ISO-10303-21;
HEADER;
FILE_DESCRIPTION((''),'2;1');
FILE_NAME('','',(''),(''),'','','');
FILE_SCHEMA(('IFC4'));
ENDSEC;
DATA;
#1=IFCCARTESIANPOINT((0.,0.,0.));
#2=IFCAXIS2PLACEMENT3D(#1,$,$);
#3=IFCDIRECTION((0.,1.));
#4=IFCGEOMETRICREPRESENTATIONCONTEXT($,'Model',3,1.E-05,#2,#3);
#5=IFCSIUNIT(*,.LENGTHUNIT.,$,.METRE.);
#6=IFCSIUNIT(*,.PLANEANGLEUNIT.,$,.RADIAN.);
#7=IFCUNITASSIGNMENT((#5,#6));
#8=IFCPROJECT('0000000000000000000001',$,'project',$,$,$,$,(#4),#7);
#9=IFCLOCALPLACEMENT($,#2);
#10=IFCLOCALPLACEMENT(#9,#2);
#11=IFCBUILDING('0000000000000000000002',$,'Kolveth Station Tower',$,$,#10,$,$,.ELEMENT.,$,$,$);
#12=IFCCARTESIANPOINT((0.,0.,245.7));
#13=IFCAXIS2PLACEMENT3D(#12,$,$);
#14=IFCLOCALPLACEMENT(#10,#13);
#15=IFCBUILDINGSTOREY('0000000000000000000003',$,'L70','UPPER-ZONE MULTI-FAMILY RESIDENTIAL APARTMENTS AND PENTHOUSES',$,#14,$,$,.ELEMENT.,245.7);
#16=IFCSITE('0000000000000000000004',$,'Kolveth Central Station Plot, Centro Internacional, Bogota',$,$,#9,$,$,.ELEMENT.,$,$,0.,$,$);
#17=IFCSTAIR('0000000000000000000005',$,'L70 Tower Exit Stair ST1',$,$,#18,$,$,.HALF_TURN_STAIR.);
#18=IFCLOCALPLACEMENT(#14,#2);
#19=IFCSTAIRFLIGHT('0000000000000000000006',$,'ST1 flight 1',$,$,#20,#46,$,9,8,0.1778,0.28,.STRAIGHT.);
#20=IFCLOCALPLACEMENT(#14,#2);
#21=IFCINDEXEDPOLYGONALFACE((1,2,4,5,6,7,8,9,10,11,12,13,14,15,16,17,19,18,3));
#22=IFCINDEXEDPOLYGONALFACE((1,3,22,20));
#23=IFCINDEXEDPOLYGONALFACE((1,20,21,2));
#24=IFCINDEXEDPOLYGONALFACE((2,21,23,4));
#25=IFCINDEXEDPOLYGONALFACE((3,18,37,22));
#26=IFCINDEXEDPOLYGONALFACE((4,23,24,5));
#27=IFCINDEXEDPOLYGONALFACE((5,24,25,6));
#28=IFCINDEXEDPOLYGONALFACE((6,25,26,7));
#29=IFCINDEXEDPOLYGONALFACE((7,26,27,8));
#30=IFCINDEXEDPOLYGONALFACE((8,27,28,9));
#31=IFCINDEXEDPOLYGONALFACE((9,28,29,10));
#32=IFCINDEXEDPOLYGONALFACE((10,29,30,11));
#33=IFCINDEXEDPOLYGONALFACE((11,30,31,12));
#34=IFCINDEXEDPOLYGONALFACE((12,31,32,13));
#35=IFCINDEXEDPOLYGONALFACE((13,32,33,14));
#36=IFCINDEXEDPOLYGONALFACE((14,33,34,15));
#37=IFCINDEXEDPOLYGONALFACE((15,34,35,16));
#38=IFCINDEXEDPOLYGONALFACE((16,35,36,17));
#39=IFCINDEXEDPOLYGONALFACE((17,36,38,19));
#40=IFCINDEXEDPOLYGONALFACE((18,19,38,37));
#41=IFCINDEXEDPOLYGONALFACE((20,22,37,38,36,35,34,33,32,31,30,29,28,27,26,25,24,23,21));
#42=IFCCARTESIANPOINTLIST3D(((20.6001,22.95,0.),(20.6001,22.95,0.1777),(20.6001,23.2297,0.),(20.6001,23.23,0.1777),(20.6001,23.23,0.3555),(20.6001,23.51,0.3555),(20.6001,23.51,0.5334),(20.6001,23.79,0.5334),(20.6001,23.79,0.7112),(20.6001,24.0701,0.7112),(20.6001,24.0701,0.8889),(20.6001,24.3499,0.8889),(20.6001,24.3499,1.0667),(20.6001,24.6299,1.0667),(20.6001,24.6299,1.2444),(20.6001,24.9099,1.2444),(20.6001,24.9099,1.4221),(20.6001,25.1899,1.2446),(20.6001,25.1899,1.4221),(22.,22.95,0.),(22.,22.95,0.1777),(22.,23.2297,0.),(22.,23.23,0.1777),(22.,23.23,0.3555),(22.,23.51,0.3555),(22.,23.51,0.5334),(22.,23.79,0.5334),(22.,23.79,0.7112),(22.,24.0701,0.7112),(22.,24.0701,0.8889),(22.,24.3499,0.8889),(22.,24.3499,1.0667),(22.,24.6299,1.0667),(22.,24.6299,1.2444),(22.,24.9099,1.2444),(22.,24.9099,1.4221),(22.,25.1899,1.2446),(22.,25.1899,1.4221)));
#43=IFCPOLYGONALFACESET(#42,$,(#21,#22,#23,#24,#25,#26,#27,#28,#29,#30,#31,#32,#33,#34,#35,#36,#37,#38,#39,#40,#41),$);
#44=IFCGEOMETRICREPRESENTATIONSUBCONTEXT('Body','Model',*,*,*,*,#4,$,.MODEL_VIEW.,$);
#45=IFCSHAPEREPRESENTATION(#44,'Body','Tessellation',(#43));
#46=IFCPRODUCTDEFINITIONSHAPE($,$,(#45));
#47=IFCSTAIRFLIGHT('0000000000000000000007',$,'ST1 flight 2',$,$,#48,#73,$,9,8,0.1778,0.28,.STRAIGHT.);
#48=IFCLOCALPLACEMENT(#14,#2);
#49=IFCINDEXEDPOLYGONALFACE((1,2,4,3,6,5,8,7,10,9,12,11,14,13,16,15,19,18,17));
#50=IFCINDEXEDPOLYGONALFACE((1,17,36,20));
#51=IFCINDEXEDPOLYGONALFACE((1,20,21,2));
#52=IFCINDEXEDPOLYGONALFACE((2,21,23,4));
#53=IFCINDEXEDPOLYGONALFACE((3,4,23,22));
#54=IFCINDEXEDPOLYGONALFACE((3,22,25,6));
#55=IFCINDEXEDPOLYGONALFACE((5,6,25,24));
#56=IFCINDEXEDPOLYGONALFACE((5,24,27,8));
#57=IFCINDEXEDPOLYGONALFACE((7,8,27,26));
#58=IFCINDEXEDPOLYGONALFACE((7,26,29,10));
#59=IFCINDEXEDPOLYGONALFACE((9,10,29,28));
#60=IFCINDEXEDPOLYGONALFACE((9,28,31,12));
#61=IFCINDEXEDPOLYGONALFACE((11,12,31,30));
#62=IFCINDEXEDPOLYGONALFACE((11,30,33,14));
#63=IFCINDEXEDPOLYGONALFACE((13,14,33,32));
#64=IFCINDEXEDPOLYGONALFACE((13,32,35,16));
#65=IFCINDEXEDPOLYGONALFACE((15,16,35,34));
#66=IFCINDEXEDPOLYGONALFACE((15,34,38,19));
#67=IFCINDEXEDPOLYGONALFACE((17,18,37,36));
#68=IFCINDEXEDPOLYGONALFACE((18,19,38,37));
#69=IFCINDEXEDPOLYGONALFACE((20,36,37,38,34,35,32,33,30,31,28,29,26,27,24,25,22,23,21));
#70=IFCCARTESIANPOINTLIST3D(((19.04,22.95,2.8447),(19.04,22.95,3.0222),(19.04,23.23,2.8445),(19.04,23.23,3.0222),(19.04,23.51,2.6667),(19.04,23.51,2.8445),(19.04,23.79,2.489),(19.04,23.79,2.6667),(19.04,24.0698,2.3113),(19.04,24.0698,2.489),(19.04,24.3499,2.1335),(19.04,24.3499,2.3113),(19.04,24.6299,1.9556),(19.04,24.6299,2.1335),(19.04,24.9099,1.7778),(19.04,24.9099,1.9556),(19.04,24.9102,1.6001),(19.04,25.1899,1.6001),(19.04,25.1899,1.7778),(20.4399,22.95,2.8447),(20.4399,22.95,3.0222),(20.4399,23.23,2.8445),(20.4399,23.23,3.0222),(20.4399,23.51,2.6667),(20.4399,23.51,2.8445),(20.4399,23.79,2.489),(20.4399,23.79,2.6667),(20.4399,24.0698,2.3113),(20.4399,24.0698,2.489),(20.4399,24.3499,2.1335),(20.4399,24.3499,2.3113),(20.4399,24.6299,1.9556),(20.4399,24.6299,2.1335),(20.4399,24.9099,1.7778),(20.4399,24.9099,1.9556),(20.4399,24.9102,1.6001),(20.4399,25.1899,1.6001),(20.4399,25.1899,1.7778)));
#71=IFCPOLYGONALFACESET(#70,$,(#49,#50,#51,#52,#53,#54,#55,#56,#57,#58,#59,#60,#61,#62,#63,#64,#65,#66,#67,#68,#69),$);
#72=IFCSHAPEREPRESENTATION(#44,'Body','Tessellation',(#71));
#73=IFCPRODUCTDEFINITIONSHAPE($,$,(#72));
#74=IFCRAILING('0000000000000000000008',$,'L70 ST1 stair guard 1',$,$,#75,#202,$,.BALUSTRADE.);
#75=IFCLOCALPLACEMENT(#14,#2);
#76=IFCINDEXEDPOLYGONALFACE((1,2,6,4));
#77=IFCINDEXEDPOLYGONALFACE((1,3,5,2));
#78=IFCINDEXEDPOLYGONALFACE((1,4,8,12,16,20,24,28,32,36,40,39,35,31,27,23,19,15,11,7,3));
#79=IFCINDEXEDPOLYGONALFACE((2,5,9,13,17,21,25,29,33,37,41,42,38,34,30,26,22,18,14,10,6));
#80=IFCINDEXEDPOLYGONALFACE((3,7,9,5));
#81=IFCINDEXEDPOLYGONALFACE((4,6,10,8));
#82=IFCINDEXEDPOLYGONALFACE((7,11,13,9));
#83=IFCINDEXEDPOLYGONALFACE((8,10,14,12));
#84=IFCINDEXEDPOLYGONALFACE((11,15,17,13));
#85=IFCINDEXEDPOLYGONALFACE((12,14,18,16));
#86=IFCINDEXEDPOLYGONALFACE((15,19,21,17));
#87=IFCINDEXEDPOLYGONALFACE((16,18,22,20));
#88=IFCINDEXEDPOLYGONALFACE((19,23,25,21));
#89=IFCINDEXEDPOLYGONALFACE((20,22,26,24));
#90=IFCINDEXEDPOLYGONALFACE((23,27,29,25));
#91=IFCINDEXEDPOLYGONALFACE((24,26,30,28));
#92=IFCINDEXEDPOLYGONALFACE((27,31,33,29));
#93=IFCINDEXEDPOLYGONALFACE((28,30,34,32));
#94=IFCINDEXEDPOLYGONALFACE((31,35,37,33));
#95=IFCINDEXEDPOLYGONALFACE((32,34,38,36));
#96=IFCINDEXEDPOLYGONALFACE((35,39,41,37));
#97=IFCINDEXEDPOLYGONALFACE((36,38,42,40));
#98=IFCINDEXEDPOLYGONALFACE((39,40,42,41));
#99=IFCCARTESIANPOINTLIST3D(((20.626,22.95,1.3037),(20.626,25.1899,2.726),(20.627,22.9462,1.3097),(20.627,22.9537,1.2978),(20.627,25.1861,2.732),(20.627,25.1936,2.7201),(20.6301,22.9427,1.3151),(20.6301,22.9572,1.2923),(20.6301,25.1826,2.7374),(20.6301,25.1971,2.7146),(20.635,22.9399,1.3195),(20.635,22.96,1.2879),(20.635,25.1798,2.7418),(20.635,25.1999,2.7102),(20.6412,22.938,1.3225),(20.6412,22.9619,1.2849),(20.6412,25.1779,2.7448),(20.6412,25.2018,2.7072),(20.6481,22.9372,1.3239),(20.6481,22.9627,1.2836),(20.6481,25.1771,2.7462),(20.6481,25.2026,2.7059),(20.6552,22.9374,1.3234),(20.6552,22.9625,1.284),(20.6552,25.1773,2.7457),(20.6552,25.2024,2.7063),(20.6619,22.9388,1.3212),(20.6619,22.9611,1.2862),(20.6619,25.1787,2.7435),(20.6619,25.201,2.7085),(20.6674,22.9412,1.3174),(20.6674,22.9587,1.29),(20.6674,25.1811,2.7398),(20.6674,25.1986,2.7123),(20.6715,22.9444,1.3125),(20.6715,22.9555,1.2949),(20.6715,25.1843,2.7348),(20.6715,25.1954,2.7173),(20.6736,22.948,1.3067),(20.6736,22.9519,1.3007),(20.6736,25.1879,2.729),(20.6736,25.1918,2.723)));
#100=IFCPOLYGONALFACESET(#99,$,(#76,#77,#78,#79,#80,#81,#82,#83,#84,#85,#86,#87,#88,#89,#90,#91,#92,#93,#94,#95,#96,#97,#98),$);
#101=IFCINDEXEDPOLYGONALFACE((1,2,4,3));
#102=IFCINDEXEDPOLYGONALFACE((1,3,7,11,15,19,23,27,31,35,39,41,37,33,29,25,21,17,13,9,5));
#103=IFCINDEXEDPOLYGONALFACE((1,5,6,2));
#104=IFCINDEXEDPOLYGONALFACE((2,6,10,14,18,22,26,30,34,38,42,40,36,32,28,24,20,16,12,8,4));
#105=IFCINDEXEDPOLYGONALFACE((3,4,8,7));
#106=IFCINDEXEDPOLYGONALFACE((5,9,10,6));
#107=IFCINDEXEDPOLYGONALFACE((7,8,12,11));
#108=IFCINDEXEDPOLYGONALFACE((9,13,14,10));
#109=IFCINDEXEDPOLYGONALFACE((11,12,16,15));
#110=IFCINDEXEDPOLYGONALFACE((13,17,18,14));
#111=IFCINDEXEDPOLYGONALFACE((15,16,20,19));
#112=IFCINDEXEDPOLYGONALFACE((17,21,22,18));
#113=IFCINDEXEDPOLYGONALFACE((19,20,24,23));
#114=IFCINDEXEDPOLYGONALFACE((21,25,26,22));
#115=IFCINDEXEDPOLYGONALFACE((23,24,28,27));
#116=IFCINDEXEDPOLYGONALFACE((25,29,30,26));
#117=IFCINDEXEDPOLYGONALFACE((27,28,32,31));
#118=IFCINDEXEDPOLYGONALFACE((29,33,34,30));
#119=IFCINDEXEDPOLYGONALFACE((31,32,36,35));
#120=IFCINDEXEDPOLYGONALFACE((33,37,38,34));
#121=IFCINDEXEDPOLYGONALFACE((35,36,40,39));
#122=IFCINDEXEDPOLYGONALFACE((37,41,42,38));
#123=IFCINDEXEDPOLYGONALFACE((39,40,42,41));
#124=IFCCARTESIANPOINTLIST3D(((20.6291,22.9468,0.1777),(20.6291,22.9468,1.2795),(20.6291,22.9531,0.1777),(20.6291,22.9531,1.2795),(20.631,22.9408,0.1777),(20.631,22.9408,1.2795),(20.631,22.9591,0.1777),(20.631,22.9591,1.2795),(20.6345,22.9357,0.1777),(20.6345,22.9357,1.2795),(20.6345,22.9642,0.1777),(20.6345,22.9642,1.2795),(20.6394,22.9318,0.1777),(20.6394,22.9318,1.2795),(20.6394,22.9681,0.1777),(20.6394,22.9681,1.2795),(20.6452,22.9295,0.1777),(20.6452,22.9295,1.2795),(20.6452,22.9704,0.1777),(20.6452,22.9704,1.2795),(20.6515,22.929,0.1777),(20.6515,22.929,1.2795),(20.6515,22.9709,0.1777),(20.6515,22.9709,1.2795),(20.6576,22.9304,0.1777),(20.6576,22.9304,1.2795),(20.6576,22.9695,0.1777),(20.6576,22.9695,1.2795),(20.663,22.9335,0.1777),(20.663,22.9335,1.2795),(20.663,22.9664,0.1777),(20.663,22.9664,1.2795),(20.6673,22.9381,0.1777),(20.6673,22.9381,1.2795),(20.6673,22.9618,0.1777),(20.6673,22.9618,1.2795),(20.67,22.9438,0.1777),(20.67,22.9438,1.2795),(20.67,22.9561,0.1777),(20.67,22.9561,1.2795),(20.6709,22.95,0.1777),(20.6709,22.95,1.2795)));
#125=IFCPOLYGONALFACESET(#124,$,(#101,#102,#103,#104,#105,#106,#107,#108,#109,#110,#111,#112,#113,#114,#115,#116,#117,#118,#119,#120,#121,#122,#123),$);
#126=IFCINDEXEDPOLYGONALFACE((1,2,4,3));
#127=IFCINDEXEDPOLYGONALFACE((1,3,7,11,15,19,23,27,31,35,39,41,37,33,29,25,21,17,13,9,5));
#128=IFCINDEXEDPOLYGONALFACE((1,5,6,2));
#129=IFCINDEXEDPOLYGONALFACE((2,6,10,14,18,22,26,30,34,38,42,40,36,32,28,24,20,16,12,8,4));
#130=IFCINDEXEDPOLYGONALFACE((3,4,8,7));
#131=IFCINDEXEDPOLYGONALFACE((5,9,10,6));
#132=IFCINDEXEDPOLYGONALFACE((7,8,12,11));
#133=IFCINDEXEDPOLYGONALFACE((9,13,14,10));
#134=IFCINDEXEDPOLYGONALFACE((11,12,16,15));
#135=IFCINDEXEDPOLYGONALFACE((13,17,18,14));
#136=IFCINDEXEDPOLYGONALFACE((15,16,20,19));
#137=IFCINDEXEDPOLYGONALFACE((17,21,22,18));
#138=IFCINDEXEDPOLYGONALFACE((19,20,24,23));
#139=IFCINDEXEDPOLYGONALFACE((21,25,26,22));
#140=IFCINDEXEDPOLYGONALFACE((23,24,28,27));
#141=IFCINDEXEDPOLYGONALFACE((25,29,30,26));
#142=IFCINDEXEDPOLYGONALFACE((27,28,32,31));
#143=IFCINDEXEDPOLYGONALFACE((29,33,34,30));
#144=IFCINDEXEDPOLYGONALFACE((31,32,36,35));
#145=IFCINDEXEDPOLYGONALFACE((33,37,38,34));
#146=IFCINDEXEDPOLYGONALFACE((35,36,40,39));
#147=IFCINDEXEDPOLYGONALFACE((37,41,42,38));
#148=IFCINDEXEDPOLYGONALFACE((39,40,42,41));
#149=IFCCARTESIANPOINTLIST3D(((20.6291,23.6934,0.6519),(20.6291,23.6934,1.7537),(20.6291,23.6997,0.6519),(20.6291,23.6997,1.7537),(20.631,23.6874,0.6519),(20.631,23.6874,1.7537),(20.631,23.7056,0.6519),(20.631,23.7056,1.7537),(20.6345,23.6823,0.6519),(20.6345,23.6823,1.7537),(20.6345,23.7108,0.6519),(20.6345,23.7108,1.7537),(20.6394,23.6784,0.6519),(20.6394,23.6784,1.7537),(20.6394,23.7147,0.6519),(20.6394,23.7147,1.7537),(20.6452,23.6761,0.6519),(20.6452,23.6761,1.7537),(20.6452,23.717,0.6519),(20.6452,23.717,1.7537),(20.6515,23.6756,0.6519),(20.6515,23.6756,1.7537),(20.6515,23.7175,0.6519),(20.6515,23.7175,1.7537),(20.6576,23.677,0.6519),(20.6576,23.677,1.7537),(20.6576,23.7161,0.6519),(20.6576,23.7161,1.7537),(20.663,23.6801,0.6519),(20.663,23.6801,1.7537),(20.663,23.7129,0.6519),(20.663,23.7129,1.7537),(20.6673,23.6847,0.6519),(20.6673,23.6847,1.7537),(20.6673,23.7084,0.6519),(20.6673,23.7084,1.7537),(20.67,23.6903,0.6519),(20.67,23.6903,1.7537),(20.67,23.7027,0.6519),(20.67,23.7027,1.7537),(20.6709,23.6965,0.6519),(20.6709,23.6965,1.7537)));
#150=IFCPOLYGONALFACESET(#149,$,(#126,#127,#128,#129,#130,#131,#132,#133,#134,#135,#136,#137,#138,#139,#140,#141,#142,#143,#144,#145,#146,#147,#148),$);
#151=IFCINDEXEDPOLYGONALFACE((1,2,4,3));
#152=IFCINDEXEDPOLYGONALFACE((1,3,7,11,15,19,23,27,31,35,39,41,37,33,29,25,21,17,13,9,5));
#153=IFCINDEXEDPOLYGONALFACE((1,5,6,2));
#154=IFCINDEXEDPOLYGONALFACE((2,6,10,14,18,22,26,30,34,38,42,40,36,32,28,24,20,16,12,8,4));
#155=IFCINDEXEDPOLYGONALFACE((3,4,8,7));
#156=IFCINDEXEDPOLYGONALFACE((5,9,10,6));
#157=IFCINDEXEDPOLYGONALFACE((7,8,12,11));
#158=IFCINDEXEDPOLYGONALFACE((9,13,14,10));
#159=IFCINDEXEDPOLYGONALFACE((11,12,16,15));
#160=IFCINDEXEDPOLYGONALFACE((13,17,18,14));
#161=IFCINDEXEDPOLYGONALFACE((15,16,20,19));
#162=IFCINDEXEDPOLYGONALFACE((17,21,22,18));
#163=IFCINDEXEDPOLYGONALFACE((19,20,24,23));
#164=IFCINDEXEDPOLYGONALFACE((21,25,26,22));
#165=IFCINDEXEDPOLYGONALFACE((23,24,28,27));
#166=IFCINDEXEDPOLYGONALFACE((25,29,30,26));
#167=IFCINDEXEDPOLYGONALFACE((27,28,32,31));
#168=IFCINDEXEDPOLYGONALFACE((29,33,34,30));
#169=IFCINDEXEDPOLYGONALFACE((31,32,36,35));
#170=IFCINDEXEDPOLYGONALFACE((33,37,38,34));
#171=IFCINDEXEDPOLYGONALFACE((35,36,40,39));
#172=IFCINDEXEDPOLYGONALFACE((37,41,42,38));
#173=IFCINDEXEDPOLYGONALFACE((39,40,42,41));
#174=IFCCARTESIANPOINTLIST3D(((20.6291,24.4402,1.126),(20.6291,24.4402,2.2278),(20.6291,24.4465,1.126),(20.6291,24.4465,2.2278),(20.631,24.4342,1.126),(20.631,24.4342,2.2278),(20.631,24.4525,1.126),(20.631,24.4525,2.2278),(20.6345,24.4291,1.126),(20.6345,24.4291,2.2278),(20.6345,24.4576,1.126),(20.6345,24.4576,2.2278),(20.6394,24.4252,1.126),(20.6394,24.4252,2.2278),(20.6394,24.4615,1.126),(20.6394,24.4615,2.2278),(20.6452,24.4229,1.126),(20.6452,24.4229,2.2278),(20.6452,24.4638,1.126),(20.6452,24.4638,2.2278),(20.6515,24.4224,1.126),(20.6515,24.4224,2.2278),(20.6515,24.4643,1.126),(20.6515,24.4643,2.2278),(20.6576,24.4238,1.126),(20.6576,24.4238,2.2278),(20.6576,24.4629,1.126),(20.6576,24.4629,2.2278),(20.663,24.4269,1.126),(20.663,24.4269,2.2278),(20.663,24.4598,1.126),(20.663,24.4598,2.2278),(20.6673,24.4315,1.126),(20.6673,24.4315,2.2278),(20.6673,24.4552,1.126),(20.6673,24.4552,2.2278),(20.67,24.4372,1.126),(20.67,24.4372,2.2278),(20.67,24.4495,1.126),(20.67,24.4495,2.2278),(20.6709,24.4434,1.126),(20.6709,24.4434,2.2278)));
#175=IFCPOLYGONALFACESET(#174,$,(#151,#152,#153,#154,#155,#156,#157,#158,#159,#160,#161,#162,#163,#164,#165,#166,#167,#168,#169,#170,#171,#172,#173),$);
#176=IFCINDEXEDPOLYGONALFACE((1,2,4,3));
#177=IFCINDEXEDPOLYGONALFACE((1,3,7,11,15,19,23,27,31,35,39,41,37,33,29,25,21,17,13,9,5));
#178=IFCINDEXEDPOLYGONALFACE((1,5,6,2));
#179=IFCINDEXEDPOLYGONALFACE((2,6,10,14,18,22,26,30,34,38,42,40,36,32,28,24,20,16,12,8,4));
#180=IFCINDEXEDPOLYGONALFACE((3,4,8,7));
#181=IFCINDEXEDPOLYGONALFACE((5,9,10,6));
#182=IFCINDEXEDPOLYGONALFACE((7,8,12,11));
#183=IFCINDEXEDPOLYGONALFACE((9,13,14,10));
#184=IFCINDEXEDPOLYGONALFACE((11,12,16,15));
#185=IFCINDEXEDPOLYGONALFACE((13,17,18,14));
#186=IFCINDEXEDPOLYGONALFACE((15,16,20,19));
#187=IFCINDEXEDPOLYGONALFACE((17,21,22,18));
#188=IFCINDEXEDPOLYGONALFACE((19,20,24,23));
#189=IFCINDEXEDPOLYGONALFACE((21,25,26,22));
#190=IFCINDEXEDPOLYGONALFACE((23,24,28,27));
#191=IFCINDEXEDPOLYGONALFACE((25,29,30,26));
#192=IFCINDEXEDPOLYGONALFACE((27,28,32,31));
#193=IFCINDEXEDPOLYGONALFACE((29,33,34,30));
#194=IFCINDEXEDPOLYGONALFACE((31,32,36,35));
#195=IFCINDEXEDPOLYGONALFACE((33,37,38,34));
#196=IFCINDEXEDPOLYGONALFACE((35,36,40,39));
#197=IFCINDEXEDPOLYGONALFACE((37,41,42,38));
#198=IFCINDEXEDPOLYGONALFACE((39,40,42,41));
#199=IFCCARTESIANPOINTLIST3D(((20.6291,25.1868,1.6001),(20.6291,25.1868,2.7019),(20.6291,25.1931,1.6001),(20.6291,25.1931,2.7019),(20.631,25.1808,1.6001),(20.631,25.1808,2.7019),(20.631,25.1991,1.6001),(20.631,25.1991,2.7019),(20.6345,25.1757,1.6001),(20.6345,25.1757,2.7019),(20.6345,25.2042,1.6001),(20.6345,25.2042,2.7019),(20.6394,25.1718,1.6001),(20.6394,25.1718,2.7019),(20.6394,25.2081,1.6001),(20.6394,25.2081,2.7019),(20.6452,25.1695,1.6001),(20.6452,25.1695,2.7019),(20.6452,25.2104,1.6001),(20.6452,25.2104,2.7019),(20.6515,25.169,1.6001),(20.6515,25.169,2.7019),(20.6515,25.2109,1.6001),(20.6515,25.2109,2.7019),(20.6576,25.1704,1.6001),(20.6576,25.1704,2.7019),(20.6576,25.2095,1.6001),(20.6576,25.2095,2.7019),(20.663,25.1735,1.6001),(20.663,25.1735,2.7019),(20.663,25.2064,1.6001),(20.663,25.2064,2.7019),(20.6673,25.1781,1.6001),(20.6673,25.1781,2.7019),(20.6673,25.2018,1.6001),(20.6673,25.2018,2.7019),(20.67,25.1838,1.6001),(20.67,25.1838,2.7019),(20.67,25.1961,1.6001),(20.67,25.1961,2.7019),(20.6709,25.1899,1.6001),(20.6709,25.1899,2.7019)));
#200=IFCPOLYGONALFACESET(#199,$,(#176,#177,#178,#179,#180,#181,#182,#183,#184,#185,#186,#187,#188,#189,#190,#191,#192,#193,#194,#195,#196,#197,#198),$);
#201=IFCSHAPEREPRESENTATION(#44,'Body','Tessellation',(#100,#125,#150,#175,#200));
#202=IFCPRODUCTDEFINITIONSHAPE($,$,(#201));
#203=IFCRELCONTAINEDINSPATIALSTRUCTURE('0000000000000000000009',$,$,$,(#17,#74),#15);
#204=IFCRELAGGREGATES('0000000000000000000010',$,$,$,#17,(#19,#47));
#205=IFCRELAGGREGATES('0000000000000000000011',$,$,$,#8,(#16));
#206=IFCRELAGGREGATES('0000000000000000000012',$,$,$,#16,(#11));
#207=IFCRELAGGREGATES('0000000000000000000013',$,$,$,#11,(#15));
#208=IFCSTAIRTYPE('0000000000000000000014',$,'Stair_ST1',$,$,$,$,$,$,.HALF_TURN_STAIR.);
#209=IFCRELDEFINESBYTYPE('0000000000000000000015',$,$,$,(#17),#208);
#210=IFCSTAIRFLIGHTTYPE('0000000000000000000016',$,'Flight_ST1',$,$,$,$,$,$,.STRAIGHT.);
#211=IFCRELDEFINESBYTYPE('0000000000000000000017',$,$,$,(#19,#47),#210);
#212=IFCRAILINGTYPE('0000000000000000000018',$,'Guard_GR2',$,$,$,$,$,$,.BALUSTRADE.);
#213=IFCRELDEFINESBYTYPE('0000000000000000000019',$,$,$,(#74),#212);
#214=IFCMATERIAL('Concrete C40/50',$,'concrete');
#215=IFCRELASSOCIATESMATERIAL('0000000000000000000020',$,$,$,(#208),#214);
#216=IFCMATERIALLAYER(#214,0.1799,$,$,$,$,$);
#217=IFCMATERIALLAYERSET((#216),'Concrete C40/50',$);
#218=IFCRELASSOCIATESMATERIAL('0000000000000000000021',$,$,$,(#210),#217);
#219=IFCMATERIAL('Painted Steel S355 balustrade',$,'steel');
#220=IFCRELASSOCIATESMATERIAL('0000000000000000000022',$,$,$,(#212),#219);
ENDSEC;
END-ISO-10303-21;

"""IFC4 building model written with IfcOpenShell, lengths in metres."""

from ifc_helpers import new_model, si_unit, direction, frame, origin, origin_2d, place, context, subcontext, project, spatial, polyline, circle, outline, extrude, material, layer, layer_set, type_object, element, aggregate, save


model = new_model("IFC4")

# Units and contexts
model_context = context("Model", 3, precision=1e-05, world=origin(), true_north=direction((0.0, 1.0)))
body_context = subcontext(model_context, "Body", "Model", "MODEL_VIEW")
ifc_project = project(units=[si_unit("LENGTHUNIT", "METRE"), si_unit("PLANEANGLEUNIT", "RADIAN")], contexts=[model_context])

# Site, building, storey
site_placement = place(None, origin())
site = spatial("IfcSite", under=ifc_project, at=site_placement, Name="Kolveth Central Station Plot, Centro Internacional, Bogota", CompositionType="ELEMENT", RefElevation=0.0)
building_placement = place(site_placement, origin())
building = spatial("IfcBuilding", under=site, at=building_placement, Name="Kolveth Station Tower", CompositionType="ELEMENT")
storey_placement = place(building_placement, frame((0.0, 0.0, 245.7)))
storey = spatial("IfcBuildingStorey", under=building, at=storey_placement, Name="L70", Description="UPPER-ZONE MULTI-FAMILY RESIDENTIAL APARTMENTS AND PENTHOUSES", CompositionType="ELEMENT", Elevation=245.7)

# Shared definitions
ifc_material_1 = material(Name="Concrete C40/50", Category="concrete")

# Stair, stair flights
stair_type = type_object("IfcStairType", Name="Stair_ST1", PredefinedType="HALF_TURN_STAIR", material=ifc_material_1)
stair_placement = place(storey_placement, origin())
stair = element("IfcStair", 1, at=stair_placement, inside=storey, type_object=stair_type, Name="L70 Tower Exit Stair ST1", PredefinedType="HALF_TURN_STAIR")
ifc_layer_1 = layer(ifc_material_1, 0.1799)
ifc_layer_set_1 = layer_set([ifc_layer_1], Name="Concrete C40/50")
stair_flight_type = type_object("IfcStairFlightType", Name="Flight_ST1", PredefinedType="STRAIGHT", material=ifc_layer_set_1)
stair_flight_1_placement = place(storey_placement, frame((21.3, 22.95, 0.0), z_axis=(0.0, 0.0, 1.0), x_axis=(0.0, 1.0, 0.0)))
stair_flight_1 = element("IfcStairFlight", 2, at=stair_flight_1_placement, type_object=stair_flight_type, Name="ST1 flight 1", NumberOfRisers=9, NumberOfTreads=8, PredefinedType="STRAIGHT", RiserHeight=0.1778, TreadLength=0.28, context=body_context, shape_type="SweptSolid", body=[
    extrude(outline(polyline([(0.0, 0.0), (0.0, 0.1777), (0.28, 0.1777), (0.28, 0.3555), (0.5601, 0.3555), (0.5601, 0.5334), (0.8401, 0.5334), (0.8401, 0.7112), (1.1201, 0.7112), (1.1201, 0.8889), (1.3999, 0.8889), (1.3999, 1.0667), (1.6799, 1.0667), (1.6799, 1.2444), (1.96, 1.2444), (1.96, 1.4221), (2.24, 1.4221), (2.24, 1.6001), (2.24, 1.2446), (0.2798, 0.0), (0.0, 0.0)])), frame((0.0, 0.7, 0.0), z_axis=(0.0, -1.0, 0.0), x_axis=(1.0, 0.0, 0.0)), (0.0, 0.0, 1.0), 1.3999),
])
stair_flight_2_placement = place(storey_placement, frame((19.74, 25.1899, 1.6001), z_axis=(0.0, 0.0, 1.0), x_axis=(0.0, -1.0, 0.0)))
stair_flight_2 = element("IfcStairFlight", 3, at=stair_flight_2_placement, type_object=stair_flight_type, Name="ST1 flight 2", NumberOfRisers=9, NumberOfTreads=8, PredefinedType="STRAIGHT", RiserHeight=0.1778, TreadLength=0.28, context=body_context, shape_type="SweptSolid", body=[
    extrude(outline(polyline([(0.0, 0.0), (0.0, 0.1777), (0.28, 0.1777), (0.28, 0.3555), (0.5601, 0.3555), (0.5601, 0.5334), (0.8401, 0.5334), (0.8401, 0.7112), (1.1201, 0.7112), (1.1201, 0.8889), (1.3999, 0.8889), (1.3999, 1.0667), (1.6799, 1.0667), (1.6799, 1.2444), (1.96, 1.2444), (1.96, 1.4221), (2.24, 1.4221), (2.24, 1.6001), (2.24, 1.2446), (0.2798, 0.0), (0.0, 0.0)])), frame((0.0, 0.7, 0.0), z_axis=(0.0, -1.0, 0.0), x_axis=(1.0, 0.0, 0.0)), (0.0, 0.0, 1.0), 1.3999),
])
aggregate(stair, [stair_flight_1, stair_flight_2])

# Railing
ifc_material_2 = material(Name="Painted Steel S355 balustrade", Category="steel")
railing_type_1 = type_object("IfcRailingType", Name="Guard_GR2", PredefinedType="BALUSTRADE", material=ifc_material_2)
railing_1_placement = place(storey_placement, frame((20.6499, 22.95, 0.1777)))
element("IfcRailing", 4, at=railing_1_placement, inside=storey, type_object=railing_type_1, Name="L70 ST1 stair guard 1", PredefinedType="BALUSTRADE", context=body_context, shape_type="SweptSolid", body=[
    extrude(circle(Radius=0.0239, at=origin_2d()), frame((0.0, 0.0, 1.126), z_axis=(0.0, 0.844188, 0.536048), x_axis=(-1.0, 0.0, 0.0)), (0.0, 0.0, 1.0), 2.6533),
    extrude(circle(Radius=0.021, at=origin_2d()), origin(), (0.0, 0.0, 1.0), 1.1018),
    extrude(circle(Radius=0.021, at=origin_2d()), frame((0.0, 0.7466, 0.4741)), (0.0, 0.0, 1.0), 1.1018),
    extrude(circle(Radius=0.021, at=origin_2d()), frame((0.0, 1.4934, 0.9482)), (0.0, 0.0, 1.0), 1.1018),
    extrude(circle(Radius=0.021, at=origin_2d()), frame((0.0, 2.24, 1.4224)), (0.0, 0.0, 1.0), 1.1018),
])

save(model, "model.ifc")
